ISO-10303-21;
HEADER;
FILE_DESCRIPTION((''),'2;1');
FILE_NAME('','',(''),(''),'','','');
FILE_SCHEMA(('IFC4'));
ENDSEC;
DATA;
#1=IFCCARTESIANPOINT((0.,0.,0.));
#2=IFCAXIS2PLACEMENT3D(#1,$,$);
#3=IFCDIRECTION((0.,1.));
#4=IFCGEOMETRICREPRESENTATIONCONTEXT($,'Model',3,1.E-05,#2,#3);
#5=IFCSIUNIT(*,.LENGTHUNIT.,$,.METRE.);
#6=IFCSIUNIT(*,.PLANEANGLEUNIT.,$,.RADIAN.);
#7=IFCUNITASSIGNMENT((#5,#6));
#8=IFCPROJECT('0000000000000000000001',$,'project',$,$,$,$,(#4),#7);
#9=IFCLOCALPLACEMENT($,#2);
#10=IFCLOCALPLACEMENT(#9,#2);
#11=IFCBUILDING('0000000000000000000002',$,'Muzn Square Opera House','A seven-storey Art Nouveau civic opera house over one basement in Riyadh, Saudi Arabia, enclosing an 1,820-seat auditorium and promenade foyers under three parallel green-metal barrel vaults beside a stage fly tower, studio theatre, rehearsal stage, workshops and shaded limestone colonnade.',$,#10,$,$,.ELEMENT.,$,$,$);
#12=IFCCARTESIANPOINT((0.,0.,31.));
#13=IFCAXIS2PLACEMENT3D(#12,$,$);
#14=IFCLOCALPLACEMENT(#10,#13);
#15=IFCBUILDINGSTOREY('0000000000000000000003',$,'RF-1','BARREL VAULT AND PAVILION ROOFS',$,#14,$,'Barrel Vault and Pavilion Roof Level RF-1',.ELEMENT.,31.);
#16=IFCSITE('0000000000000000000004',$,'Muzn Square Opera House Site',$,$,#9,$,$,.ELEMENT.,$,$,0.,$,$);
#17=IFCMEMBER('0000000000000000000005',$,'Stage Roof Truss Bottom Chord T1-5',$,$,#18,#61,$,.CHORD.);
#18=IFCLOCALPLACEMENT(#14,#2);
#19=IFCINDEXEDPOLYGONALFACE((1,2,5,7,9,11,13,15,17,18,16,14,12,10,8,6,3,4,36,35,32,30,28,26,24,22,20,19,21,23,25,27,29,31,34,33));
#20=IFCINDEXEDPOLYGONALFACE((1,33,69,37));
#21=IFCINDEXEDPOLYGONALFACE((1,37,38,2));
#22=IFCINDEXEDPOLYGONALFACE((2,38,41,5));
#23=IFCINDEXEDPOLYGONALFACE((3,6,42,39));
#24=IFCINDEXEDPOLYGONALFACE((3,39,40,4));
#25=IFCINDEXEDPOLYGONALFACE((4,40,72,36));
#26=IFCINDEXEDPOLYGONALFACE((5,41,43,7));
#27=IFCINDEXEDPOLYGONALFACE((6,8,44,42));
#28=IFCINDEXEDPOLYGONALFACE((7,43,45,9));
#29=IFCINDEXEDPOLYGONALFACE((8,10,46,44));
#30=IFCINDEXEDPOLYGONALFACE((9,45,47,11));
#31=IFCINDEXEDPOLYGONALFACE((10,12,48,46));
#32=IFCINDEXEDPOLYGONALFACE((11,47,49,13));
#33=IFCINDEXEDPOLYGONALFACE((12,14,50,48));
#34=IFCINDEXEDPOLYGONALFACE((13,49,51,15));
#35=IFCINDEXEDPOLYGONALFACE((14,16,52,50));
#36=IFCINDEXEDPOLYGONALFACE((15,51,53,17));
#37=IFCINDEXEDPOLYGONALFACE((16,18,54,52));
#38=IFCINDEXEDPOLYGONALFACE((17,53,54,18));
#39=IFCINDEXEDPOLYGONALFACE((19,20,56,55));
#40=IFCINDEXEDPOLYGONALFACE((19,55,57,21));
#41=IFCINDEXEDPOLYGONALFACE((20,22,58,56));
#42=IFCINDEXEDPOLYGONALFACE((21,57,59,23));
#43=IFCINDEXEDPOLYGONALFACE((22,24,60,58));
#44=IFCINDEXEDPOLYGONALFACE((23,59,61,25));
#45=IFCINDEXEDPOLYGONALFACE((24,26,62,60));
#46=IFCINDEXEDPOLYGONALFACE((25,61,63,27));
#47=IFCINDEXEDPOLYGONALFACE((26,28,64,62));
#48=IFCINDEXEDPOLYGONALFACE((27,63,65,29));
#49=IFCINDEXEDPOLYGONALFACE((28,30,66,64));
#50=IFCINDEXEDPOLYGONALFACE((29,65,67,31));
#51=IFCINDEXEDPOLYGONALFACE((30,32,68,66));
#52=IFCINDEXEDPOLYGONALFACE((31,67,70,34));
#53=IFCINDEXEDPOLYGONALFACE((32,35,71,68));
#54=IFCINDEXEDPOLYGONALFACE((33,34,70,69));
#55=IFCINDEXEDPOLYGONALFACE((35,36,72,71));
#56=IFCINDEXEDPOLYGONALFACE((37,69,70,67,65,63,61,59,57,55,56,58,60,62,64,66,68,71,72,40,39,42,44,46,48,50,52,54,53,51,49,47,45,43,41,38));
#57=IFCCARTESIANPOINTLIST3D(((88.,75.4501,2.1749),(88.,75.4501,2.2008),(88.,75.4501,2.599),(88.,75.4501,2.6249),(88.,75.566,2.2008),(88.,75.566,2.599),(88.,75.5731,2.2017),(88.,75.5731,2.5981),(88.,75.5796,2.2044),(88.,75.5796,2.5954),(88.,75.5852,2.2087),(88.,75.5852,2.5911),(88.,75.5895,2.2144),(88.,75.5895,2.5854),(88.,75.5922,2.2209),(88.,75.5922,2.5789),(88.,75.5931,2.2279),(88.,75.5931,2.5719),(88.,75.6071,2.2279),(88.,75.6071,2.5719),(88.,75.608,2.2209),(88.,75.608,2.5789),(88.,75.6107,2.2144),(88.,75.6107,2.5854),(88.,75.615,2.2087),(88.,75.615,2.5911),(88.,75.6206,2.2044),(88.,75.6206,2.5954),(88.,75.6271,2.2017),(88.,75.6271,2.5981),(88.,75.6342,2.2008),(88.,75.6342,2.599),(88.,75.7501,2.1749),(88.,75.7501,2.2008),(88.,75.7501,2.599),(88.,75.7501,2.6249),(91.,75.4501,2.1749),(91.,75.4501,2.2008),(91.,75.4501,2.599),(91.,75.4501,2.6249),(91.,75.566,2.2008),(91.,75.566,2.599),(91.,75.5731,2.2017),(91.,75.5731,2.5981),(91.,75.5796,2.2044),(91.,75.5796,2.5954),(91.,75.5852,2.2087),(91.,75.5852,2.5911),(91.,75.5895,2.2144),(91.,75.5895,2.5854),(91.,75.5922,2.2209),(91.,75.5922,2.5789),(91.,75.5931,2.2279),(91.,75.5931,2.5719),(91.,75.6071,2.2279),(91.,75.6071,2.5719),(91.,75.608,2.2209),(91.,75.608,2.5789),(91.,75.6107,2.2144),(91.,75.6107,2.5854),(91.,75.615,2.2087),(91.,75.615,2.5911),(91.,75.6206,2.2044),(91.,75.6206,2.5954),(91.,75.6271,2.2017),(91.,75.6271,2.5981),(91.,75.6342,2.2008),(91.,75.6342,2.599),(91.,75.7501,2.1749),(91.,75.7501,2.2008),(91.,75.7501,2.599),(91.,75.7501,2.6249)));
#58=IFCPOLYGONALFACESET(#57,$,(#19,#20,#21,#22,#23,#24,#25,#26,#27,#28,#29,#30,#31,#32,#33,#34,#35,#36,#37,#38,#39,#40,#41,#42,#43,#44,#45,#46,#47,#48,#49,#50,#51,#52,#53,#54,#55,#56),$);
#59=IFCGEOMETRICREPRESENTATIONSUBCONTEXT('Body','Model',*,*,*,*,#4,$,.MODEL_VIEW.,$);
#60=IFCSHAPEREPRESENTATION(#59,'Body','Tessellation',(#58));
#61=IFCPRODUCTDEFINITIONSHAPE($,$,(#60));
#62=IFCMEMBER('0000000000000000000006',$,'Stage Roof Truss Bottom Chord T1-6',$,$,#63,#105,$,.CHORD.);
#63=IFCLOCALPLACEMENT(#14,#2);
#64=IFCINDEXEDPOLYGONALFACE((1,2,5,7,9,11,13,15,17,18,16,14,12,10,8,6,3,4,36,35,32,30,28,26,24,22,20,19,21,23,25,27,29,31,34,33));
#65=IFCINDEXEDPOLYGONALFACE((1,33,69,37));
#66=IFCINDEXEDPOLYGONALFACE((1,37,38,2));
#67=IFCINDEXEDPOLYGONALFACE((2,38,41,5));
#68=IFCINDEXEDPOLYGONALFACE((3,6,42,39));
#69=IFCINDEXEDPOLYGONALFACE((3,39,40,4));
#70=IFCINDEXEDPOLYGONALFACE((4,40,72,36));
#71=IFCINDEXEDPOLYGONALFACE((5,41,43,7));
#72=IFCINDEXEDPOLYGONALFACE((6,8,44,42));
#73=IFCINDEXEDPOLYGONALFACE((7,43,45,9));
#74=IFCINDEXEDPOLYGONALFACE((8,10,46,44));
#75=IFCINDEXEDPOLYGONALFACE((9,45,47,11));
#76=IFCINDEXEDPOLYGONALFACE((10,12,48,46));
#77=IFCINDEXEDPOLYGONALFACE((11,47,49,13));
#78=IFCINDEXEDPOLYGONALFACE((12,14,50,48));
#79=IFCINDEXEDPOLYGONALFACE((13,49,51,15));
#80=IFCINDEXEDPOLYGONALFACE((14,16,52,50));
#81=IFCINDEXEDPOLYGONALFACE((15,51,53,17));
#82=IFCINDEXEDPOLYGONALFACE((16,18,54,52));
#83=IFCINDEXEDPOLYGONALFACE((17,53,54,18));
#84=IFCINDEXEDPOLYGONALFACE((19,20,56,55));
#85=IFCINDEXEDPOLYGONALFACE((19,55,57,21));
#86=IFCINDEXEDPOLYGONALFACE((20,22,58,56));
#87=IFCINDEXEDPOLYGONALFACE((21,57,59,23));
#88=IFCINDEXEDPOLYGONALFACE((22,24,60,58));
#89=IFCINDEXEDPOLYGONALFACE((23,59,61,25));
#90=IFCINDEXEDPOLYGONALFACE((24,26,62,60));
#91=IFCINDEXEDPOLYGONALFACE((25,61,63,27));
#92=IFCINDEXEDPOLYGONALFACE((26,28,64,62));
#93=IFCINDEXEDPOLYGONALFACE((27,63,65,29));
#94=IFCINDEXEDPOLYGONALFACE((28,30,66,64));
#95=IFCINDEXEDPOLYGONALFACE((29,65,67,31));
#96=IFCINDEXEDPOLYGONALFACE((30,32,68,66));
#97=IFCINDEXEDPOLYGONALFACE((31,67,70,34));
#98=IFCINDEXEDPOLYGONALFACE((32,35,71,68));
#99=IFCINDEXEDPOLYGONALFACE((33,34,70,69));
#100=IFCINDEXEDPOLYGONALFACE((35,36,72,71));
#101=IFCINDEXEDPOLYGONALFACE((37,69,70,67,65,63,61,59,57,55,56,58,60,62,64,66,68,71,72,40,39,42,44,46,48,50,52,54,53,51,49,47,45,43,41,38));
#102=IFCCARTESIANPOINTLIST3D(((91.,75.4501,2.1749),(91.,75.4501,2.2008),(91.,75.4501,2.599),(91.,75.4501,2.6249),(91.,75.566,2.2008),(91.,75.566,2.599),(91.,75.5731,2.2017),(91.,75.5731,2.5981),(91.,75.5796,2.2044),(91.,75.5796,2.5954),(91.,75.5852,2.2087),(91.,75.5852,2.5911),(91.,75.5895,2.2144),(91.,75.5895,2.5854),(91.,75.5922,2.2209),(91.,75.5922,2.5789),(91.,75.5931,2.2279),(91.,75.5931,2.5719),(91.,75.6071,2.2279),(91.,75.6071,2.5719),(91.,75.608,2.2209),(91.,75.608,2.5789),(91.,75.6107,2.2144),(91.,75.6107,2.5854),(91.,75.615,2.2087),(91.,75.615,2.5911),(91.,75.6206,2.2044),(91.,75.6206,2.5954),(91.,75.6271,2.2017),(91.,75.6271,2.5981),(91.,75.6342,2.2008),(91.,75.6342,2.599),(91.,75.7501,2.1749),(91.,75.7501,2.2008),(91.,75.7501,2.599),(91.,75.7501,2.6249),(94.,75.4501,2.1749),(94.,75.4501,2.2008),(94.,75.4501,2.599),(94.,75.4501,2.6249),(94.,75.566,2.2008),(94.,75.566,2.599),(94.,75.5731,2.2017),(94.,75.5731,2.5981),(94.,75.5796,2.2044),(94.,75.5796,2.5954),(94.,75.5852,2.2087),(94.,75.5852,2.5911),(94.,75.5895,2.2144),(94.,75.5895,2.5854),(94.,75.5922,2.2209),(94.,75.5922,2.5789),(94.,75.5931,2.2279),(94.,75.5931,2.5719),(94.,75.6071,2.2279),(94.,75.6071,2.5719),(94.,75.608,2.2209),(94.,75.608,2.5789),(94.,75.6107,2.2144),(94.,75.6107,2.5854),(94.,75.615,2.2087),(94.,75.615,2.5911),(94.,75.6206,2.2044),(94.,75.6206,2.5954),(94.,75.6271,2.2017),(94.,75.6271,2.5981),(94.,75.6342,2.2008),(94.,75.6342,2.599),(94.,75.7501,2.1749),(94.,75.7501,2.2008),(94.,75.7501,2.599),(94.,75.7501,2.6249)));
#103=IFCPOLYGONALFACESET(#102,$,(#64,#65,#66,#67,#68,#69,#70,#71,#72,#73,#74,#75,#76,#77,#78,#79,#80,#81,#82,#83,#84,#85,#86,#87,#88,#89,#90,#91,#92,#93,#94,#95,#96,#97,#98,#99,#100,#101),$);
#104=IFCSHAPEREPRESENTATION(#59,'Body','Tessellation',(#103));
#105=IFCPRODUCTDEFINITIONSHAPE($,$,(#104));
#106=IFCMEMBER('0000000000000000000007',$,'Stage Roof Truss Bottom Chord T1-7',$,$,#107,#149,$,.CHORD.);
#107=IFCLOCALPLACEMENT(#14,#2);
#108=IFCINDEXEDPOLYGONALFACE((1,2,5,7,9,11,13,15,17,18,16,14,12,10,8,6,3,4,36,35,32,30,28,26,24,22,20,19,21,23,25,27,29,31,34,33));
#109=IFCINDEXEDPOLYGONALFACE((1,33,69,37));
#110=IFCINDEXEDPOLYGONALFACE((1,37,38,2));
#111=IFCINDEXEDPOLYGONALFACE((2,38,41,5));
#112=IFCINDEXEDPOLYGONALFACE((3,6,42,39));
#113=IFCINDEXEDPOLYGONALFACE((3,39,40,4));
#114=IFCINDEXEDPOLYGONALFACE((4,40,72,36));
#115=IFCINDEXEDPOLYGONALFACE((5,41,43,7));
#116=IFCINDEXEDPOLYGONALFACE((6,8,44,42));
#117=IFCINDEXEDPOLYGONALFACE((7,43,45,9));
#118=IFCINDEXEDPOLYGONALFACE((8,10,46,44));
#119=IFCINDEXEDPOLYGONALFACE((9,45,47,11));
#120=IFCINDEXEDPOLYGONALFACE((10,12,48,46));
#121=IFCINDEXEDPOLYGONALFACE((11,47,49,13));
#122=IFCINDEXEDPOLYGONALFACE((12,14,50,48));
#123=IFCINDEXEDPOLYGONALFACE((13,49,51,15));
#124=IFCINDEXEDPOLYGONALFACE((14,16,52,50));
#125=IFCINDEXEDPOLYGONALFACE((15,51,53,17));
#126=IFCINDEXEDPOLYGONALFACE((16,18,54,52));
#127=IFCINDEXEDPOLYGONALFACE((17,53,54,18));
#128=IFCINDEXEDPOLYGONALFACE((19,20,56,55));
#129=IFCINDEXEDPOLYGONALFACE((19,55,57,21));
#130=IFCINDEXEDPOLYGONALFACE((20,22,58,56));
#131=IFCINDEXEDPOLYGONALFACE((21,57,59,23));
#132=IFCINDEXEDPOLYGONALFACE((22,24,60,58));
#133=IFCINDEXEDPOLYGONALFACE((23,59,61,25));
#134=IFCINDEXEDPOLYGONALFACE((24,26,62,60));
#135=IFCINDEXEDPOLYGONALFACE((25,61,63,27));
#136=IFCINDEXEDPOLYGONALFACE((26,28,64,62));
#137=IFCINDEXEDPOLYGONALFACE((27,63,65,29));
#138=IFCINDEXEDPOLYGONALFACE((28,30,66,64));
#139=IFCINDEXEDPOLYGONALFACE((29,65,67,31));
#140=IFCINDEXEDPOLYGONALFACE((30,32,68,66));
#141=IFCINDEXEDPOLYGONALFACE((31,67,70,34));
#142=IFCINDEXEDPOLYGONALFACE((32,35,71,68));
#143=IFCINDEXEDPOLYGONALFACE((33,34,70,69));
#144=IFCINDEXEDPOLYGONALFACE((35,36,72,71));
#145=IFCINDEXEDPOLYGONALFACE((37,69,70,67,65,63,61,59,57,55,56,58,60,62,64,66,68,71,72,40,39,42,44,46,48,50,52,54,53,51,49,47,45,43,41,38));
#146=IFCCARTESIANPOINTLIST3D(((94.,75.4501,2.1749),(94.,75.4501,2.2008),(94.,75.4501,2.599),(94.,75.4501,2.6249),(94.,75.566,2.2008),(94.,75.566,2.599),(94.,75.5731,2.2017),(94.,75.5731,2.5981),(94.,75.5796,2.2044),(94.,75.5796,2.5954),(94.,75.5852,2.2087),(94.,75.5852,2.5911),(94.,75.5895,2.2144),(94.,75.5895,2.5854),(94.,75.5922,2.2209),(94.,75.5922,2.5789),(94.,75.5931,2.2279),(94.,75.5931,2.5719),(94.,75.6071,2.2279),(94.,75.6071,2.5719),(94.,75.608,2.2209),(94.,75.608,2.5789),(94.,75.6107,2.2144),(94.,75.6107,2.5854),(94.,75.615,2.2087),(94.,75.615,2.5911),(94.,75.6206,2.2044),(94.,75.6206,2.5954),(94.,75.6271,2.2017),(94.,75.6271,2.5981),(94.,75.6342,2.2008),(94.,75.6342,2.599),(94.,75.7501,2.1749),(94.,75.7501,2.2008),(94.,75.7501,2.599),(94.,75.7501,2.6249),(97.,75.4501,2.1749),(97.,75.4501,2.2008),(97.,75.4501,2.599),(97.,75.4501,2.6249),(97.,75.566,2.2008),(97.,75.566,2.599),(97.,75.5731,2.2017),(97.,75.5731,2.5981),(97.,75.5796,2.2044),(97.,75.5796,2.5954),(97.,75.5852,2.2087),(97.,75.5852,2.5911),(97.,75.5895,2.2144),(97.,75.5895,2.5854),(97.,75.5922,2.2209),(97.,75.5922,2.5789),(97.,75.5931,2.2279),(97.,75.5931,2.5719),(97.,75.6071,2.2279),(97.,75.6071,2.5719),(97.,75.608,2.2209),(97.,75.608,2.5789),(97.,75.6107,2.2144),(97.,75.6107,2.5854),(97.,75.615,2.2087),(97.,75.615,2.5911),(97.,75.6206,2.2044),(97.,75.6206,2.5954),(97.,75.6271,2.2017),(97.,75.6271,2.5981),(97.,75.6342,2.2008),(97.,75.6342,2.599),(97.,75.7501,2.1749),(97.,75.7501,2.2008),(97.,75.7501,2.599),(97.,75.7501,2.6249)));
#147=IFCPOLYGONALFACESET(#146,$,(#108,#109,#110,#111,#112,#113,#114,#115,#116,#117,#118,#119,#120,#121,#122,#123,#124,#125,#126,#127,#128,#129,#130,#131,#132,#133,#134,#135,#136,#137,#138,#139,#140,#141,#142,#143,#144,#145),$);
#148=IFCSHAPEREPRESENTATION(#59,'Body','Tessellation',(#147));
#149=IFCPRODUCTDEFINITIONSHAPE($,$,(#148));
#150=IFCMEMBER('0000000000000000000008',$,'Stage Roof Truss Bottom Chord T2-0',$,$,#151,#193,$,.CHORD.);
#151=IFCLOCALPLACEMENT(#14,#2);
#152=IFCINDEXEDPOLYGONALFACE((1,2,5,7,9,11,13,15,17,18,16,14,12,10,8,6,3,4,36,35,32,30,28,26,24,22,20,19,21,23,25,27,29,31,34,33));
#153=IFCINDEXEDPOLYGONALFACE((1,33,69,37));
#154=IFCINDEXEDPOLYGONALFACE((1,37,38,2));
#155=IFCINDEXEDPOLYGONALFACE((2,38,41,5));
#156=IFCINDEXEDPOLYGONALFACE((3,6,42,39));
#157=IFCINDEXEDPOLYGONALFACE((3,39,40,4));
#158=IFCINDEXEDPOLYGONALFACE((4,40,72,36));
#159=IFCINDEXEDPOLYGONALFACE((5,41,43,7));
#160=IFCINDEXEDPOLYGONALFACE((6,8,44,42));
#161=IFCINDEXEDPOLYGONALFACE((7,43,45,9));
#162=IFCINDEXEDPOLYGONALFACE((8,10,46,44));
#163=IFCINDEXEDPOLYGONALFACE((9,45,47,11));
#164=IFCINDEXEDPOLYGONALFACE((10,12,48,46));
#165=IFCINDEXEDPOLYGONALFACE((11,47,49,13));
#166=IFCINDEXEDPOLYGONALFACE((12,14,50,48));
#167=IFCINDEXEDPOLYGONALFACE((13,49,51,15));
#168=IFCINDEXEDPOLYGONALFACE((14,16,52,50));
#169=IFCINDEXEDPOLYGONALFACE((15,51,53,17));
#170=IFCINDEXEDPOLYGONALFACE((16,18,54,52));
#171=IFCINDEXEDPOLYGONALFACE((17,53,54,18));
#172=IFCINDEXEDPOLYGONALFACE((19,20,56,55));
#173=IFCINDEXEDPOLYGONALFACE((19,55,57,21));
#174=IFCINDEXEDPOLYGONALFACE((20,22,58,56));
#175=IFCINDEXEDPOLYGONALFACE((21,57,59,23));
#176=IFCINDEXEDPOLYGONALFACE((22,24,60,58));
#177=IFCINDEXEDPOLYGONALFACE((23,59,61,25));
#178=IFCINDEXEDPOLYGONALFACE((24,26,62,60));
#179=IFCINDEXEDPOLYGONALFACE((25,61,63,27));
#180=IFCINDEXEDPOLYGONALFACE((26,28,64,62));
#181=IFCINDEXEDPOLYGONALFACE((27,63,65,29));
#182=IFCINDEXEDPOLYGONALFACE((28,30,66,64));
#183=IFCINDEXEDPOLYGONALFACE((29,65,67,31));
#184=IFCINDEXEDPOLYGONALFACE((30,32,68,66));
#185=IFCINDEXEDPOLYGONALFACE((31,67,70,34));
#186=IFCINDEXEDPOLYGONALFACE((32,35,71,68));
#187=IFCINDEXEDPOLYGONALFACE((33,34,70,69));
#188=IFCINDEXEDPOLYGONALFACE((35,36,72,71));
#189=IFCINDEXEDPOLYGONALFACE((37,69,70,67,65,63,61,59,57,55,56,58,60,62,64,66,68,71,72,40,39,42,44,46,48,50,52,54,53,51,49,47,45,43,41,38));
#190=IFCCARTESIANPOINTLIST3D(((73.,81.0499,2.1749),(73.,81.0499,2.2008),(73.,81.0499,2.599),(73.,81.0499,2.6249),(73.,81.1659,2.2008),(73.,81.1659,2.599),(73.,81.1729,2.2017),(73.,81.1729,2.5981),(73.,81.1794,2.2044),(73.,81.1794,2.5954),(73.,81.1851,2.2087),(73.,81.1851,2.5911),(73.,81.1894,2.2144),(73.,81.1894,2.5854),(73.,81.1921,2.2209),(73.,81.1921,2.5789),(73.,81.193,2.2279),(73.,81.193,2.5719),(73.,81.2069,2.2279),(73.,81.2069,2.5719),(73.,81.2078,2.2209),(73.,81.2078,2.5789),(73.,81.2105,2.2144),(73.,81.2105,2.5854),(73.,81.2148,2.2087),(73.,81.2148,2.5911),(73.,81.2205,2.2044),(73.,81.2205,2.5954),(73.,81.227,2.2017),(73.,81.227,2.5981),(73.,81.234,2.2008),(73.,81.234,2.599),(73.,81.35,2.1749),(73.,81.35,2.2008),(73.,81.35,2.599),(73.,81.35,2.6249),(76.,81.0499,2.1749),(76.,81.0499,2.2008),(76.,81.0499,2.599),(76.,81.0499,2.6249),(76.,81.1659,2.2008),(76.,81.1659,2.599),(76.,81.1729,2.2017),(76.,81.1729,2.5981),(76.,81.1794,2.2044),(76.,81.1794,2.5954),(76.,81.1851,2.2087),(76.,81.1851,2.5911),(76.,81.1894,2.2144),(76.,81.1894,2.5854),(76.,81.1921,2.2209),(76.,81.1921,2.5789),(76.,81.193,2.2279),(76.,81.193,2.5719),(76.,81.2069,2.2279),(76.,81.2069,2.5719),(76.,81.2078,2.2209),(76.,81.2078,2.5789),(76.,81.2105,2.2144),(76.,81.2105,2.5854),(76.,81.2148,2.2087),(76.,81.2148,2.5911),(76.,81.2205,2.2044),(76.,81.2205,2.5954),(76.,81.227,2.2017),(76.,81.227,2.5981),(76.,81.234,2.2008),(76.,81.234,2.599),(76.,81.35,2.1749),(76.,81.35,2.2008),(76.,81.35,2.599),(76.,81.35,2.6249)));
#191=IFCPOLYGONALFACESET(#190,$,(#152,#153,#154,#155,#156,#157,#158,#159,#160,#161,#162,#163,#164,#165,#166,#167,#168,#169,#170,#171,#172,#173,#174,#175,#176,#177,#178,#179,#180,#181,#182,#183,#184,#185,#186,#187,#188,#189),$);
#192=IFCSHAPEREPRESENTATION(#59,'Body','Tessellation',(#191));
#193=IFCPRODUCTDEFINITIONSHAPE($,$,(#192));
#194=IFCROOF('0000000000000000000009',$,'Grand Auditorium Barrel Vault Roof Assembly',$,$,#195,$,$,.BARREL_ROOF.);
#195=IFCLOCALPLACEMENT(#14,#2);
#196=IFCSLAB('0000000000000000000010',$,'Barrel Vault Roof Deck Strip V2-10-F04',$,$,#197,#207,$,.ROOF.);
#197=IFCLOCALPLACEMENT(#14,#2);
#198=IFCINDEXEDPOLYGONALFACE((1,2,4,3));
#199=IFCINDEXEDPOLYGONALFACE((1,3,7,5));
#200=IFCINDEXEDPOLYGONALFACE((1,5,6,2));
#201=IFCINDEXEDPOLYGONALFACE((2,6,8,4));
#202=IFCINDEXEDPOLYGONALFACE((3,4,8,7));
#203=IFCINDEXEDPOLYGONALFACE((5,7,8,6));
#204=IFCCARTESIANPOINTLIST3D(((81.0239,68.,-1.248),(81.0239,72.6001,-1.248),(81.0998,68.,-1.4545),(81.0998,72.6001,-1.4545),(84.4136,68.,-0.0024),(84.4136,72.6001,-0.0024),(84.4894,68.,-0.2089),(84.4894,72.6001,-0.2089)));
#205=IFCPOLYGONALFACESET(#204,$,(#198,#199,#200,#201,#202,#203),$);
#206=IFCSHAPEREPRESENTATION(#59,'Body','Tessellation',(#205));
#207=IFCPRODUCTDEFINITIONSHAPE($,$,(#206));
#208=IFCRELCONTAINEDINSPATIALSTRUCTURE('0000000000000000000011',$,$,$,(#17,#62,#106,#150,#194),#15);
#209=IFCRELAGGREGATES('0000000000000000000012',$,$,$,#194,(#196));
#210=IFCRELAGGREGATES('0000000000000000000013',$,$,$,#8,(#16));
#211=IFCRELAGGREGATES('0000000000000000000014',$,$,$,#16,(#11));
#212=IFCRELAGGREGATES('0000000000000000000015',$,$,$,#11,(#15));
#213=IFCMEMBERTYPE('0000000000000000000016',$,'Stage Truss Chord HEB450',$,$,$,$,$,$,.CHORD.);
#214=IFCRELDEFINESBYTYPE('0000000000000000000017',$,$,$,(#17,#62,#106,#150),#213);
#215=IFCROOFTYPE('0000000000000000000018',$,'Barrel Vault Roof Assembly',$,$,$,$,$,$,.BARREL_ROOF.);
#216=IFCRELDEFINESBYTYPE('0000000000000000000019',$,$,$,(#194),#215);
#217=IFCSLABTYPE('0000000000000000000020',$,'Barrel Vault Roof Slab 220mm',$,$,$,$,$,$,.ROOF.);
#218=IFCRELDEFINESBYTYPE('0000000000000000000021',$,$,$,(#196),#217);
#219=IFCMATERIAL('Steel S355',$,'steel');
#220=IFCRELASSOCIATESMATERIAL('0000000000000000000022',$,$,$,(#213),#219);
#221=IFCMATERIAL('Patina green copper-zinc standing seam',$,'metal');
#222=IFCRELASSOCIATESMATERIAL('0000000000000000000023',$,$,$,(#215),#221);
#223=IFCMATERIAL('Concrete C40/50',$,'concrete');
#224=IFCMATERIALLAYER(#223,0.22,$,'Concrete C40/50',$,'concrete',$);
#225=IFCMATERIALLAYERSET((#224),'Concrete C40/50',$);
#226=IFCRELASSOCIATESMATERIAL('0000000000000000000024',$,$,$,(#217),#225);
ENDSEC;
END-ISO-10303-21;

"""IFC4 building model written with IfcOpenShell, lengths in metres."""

from ifc_helpers import new_model, si_unit, direction, frame, origin, origin_2d, place, context, subcontext, project, spatial, polyline, i_section, outline, extrude, material, layer, layer_set, material_profile, profile_set, type_object, element, aggregate, save


model = new_model("IFC4")

# Units and contexts
model_context = context("Model", 3, precision=1e-05, world=origin(), true_north=direction((0.0, 1.0)))
body_context = subcontext(model_context, "Body", "Model", "MODEL_VIEW")
ifc_project = project(units=[si_unit("LENGTHUNIT", "METRE"), si_unit("PLANEANGLEUNIT", "RADIAN")], contexts=[model_context])

# Site, building, storey
site_placement = place(None, origin())
site = spatial("IfcSite", under=ifc_project, at=site_placement, Name="Muzn Square Opera House Site", CompositionType="ELEMENT", RefElevation=0.0)
building_placement = place(site_placement, origin())
building = spatial("IfcBuilding", under=site, at=building_placement, Name="Muzn Square Opera House", Description="A seven-storey Art Nouveau civic opera house over one basement in Riyadh, Saudi Arabia, enclosing an 1,820-seat auditorium and promenade foyers under three parallel green-metal barrel vaults beside a stage fly tower, studio theatre, rehearsal stage, workshops and shaded limestone colonnade.", CompositionType="ELEMENT")
storey_placement = place(building_placement, frame((0.0, 0.0, 31.0)))
storey = spatial("IfcBuildingStorey", under=building, at=storey_placement, Name="RF-1", Description="BARREL VAULT AND PAVILION ROOFS", LongName="Barrel Vault and Pavilion Roof Level RF-1", CompositionType="ELEMENT", Elevation=31.0)

# Shared definitions
ifc_material_1 = material(Name="Steel S355", Category="steel")

# Members
ifc_material_profile_1 = material_profile(ifc_material_1, i_section(OverallWidth=0.3, OverallDepth=0.45, WebThickness=0.0139, FlangeThickness=0.0259, FilletRadius=0.0271, at=origin_2d()), Name="HEB 450", Category="steel")
ifc_profile_set_1 = profile_set([ifc_material_profile_1], Name="Steel S355")
member_type = type_object("IfcMemberType", Name="Stage Truss Chord HEB450", PredefinedType="CHORD", material=ifc_profile_set_1)
for number, where, z_axis, x_axis, name in (
    (1, (88.0, 75.6001, 2.3999), (1.0, 0.0, 0.0), (0.0, 1.0, 0.0), "Stage Roof Truss Bottom Chord T1-5"),
    (2, (91.0, 75.6001, 2.3999), (1.0, 0.0, 0.0), (0.0, 1.0, 0.0), "Stage Roof Truss Bottom Chord T1-6"),
    (3, (94.0, 75.6001, 2.3999), (1.0, 0.0, 0.0), (0.0, 1.0, 0.0), "Stage Roof Truss Bottom Chord T1-7"),
    (4, (73.0, 81.2, 2.3999), (1.0, 0.0, 0.0), (0.0, 1.0, 0.0), "Stage Roof Truss Bottom Chord T2-0"),
):
    element("IfcMember", number, at=place(storey_placement, frame(where, z_axis=z_axis, x_axis=x_axis)), inside=storey, type_object=member_type, Name=name, PredefinedType="CHORD", context=body_context, shape_type="SweptSolid", body=[
        extrude(i_section(OverallWidth=0.3, OverallDepth=0.45, WebThickness=0.0139, FlangeThickness=0.0259, FilletRadius=0.0271, at=origin_2d()), origin(), (0.0, 0.0, 1.0), 3.0),
    ])

# Roof, slab
ifc_material_2 = material(Name="Patina green copper-zinc standing seam", Category="metal")
roof_type = type_object("IfcRoofType", Name="Barrel Vault Roof Assembly", PredefinedType="BARREL_ROOF", material=ifc_material_2)
roof_placement = place(storey_placement, origin())
roof = element("IfcRoof", 5, at=roof_placement, inside=storey, type_object=roof_type, Name="Grand Auditorium Barrel Vault Roof Assembly", PredefinedType="BARREL_ROOF")
ifc_material_3 = material(Name="Concrete C40/50", Category="concrete")
ifc_layer_1 = layer(ifc_material_3, 0.22, Name="Concrete C40/50", Category="concrete")
ifc_layer_set_1 = layer_set([ifc_layer_1], Name="Concrete C40/50")
slab_type = type_object("IfcSlabType", Name="Barrel Vault Roof Slab 220mm", PredefinedType="ROOF", material=ifc_layer_set_1)
slab_1_placement = place(storey_placement, frame((84.4136, 68.0, -0.0024), z_axis=(-0.344922, 0.0, 0.938631), x_axis=(0.0, 1.0, 0.0)))
slab_1 = element("IfcSlab", 6, at=slab_1_placement, type_object=slab_type, Name="Barrel Vault Roof Deck Strip V2-10-F04", PredefinedType="ROOF", context=body_context, shape_type="SweptSolid", body=[
    extrude(outline(polyline([(0.0, 3.6113), (0.0, 0.0), (4.6001, 0.0), (4.6001, 3.6113), (0.0, 3.6113)])), origin(), (0.0, 0.0, -1.0), 0.22),
])
aggregate(roof, [slab_1])

save(model, "model.ifc")
